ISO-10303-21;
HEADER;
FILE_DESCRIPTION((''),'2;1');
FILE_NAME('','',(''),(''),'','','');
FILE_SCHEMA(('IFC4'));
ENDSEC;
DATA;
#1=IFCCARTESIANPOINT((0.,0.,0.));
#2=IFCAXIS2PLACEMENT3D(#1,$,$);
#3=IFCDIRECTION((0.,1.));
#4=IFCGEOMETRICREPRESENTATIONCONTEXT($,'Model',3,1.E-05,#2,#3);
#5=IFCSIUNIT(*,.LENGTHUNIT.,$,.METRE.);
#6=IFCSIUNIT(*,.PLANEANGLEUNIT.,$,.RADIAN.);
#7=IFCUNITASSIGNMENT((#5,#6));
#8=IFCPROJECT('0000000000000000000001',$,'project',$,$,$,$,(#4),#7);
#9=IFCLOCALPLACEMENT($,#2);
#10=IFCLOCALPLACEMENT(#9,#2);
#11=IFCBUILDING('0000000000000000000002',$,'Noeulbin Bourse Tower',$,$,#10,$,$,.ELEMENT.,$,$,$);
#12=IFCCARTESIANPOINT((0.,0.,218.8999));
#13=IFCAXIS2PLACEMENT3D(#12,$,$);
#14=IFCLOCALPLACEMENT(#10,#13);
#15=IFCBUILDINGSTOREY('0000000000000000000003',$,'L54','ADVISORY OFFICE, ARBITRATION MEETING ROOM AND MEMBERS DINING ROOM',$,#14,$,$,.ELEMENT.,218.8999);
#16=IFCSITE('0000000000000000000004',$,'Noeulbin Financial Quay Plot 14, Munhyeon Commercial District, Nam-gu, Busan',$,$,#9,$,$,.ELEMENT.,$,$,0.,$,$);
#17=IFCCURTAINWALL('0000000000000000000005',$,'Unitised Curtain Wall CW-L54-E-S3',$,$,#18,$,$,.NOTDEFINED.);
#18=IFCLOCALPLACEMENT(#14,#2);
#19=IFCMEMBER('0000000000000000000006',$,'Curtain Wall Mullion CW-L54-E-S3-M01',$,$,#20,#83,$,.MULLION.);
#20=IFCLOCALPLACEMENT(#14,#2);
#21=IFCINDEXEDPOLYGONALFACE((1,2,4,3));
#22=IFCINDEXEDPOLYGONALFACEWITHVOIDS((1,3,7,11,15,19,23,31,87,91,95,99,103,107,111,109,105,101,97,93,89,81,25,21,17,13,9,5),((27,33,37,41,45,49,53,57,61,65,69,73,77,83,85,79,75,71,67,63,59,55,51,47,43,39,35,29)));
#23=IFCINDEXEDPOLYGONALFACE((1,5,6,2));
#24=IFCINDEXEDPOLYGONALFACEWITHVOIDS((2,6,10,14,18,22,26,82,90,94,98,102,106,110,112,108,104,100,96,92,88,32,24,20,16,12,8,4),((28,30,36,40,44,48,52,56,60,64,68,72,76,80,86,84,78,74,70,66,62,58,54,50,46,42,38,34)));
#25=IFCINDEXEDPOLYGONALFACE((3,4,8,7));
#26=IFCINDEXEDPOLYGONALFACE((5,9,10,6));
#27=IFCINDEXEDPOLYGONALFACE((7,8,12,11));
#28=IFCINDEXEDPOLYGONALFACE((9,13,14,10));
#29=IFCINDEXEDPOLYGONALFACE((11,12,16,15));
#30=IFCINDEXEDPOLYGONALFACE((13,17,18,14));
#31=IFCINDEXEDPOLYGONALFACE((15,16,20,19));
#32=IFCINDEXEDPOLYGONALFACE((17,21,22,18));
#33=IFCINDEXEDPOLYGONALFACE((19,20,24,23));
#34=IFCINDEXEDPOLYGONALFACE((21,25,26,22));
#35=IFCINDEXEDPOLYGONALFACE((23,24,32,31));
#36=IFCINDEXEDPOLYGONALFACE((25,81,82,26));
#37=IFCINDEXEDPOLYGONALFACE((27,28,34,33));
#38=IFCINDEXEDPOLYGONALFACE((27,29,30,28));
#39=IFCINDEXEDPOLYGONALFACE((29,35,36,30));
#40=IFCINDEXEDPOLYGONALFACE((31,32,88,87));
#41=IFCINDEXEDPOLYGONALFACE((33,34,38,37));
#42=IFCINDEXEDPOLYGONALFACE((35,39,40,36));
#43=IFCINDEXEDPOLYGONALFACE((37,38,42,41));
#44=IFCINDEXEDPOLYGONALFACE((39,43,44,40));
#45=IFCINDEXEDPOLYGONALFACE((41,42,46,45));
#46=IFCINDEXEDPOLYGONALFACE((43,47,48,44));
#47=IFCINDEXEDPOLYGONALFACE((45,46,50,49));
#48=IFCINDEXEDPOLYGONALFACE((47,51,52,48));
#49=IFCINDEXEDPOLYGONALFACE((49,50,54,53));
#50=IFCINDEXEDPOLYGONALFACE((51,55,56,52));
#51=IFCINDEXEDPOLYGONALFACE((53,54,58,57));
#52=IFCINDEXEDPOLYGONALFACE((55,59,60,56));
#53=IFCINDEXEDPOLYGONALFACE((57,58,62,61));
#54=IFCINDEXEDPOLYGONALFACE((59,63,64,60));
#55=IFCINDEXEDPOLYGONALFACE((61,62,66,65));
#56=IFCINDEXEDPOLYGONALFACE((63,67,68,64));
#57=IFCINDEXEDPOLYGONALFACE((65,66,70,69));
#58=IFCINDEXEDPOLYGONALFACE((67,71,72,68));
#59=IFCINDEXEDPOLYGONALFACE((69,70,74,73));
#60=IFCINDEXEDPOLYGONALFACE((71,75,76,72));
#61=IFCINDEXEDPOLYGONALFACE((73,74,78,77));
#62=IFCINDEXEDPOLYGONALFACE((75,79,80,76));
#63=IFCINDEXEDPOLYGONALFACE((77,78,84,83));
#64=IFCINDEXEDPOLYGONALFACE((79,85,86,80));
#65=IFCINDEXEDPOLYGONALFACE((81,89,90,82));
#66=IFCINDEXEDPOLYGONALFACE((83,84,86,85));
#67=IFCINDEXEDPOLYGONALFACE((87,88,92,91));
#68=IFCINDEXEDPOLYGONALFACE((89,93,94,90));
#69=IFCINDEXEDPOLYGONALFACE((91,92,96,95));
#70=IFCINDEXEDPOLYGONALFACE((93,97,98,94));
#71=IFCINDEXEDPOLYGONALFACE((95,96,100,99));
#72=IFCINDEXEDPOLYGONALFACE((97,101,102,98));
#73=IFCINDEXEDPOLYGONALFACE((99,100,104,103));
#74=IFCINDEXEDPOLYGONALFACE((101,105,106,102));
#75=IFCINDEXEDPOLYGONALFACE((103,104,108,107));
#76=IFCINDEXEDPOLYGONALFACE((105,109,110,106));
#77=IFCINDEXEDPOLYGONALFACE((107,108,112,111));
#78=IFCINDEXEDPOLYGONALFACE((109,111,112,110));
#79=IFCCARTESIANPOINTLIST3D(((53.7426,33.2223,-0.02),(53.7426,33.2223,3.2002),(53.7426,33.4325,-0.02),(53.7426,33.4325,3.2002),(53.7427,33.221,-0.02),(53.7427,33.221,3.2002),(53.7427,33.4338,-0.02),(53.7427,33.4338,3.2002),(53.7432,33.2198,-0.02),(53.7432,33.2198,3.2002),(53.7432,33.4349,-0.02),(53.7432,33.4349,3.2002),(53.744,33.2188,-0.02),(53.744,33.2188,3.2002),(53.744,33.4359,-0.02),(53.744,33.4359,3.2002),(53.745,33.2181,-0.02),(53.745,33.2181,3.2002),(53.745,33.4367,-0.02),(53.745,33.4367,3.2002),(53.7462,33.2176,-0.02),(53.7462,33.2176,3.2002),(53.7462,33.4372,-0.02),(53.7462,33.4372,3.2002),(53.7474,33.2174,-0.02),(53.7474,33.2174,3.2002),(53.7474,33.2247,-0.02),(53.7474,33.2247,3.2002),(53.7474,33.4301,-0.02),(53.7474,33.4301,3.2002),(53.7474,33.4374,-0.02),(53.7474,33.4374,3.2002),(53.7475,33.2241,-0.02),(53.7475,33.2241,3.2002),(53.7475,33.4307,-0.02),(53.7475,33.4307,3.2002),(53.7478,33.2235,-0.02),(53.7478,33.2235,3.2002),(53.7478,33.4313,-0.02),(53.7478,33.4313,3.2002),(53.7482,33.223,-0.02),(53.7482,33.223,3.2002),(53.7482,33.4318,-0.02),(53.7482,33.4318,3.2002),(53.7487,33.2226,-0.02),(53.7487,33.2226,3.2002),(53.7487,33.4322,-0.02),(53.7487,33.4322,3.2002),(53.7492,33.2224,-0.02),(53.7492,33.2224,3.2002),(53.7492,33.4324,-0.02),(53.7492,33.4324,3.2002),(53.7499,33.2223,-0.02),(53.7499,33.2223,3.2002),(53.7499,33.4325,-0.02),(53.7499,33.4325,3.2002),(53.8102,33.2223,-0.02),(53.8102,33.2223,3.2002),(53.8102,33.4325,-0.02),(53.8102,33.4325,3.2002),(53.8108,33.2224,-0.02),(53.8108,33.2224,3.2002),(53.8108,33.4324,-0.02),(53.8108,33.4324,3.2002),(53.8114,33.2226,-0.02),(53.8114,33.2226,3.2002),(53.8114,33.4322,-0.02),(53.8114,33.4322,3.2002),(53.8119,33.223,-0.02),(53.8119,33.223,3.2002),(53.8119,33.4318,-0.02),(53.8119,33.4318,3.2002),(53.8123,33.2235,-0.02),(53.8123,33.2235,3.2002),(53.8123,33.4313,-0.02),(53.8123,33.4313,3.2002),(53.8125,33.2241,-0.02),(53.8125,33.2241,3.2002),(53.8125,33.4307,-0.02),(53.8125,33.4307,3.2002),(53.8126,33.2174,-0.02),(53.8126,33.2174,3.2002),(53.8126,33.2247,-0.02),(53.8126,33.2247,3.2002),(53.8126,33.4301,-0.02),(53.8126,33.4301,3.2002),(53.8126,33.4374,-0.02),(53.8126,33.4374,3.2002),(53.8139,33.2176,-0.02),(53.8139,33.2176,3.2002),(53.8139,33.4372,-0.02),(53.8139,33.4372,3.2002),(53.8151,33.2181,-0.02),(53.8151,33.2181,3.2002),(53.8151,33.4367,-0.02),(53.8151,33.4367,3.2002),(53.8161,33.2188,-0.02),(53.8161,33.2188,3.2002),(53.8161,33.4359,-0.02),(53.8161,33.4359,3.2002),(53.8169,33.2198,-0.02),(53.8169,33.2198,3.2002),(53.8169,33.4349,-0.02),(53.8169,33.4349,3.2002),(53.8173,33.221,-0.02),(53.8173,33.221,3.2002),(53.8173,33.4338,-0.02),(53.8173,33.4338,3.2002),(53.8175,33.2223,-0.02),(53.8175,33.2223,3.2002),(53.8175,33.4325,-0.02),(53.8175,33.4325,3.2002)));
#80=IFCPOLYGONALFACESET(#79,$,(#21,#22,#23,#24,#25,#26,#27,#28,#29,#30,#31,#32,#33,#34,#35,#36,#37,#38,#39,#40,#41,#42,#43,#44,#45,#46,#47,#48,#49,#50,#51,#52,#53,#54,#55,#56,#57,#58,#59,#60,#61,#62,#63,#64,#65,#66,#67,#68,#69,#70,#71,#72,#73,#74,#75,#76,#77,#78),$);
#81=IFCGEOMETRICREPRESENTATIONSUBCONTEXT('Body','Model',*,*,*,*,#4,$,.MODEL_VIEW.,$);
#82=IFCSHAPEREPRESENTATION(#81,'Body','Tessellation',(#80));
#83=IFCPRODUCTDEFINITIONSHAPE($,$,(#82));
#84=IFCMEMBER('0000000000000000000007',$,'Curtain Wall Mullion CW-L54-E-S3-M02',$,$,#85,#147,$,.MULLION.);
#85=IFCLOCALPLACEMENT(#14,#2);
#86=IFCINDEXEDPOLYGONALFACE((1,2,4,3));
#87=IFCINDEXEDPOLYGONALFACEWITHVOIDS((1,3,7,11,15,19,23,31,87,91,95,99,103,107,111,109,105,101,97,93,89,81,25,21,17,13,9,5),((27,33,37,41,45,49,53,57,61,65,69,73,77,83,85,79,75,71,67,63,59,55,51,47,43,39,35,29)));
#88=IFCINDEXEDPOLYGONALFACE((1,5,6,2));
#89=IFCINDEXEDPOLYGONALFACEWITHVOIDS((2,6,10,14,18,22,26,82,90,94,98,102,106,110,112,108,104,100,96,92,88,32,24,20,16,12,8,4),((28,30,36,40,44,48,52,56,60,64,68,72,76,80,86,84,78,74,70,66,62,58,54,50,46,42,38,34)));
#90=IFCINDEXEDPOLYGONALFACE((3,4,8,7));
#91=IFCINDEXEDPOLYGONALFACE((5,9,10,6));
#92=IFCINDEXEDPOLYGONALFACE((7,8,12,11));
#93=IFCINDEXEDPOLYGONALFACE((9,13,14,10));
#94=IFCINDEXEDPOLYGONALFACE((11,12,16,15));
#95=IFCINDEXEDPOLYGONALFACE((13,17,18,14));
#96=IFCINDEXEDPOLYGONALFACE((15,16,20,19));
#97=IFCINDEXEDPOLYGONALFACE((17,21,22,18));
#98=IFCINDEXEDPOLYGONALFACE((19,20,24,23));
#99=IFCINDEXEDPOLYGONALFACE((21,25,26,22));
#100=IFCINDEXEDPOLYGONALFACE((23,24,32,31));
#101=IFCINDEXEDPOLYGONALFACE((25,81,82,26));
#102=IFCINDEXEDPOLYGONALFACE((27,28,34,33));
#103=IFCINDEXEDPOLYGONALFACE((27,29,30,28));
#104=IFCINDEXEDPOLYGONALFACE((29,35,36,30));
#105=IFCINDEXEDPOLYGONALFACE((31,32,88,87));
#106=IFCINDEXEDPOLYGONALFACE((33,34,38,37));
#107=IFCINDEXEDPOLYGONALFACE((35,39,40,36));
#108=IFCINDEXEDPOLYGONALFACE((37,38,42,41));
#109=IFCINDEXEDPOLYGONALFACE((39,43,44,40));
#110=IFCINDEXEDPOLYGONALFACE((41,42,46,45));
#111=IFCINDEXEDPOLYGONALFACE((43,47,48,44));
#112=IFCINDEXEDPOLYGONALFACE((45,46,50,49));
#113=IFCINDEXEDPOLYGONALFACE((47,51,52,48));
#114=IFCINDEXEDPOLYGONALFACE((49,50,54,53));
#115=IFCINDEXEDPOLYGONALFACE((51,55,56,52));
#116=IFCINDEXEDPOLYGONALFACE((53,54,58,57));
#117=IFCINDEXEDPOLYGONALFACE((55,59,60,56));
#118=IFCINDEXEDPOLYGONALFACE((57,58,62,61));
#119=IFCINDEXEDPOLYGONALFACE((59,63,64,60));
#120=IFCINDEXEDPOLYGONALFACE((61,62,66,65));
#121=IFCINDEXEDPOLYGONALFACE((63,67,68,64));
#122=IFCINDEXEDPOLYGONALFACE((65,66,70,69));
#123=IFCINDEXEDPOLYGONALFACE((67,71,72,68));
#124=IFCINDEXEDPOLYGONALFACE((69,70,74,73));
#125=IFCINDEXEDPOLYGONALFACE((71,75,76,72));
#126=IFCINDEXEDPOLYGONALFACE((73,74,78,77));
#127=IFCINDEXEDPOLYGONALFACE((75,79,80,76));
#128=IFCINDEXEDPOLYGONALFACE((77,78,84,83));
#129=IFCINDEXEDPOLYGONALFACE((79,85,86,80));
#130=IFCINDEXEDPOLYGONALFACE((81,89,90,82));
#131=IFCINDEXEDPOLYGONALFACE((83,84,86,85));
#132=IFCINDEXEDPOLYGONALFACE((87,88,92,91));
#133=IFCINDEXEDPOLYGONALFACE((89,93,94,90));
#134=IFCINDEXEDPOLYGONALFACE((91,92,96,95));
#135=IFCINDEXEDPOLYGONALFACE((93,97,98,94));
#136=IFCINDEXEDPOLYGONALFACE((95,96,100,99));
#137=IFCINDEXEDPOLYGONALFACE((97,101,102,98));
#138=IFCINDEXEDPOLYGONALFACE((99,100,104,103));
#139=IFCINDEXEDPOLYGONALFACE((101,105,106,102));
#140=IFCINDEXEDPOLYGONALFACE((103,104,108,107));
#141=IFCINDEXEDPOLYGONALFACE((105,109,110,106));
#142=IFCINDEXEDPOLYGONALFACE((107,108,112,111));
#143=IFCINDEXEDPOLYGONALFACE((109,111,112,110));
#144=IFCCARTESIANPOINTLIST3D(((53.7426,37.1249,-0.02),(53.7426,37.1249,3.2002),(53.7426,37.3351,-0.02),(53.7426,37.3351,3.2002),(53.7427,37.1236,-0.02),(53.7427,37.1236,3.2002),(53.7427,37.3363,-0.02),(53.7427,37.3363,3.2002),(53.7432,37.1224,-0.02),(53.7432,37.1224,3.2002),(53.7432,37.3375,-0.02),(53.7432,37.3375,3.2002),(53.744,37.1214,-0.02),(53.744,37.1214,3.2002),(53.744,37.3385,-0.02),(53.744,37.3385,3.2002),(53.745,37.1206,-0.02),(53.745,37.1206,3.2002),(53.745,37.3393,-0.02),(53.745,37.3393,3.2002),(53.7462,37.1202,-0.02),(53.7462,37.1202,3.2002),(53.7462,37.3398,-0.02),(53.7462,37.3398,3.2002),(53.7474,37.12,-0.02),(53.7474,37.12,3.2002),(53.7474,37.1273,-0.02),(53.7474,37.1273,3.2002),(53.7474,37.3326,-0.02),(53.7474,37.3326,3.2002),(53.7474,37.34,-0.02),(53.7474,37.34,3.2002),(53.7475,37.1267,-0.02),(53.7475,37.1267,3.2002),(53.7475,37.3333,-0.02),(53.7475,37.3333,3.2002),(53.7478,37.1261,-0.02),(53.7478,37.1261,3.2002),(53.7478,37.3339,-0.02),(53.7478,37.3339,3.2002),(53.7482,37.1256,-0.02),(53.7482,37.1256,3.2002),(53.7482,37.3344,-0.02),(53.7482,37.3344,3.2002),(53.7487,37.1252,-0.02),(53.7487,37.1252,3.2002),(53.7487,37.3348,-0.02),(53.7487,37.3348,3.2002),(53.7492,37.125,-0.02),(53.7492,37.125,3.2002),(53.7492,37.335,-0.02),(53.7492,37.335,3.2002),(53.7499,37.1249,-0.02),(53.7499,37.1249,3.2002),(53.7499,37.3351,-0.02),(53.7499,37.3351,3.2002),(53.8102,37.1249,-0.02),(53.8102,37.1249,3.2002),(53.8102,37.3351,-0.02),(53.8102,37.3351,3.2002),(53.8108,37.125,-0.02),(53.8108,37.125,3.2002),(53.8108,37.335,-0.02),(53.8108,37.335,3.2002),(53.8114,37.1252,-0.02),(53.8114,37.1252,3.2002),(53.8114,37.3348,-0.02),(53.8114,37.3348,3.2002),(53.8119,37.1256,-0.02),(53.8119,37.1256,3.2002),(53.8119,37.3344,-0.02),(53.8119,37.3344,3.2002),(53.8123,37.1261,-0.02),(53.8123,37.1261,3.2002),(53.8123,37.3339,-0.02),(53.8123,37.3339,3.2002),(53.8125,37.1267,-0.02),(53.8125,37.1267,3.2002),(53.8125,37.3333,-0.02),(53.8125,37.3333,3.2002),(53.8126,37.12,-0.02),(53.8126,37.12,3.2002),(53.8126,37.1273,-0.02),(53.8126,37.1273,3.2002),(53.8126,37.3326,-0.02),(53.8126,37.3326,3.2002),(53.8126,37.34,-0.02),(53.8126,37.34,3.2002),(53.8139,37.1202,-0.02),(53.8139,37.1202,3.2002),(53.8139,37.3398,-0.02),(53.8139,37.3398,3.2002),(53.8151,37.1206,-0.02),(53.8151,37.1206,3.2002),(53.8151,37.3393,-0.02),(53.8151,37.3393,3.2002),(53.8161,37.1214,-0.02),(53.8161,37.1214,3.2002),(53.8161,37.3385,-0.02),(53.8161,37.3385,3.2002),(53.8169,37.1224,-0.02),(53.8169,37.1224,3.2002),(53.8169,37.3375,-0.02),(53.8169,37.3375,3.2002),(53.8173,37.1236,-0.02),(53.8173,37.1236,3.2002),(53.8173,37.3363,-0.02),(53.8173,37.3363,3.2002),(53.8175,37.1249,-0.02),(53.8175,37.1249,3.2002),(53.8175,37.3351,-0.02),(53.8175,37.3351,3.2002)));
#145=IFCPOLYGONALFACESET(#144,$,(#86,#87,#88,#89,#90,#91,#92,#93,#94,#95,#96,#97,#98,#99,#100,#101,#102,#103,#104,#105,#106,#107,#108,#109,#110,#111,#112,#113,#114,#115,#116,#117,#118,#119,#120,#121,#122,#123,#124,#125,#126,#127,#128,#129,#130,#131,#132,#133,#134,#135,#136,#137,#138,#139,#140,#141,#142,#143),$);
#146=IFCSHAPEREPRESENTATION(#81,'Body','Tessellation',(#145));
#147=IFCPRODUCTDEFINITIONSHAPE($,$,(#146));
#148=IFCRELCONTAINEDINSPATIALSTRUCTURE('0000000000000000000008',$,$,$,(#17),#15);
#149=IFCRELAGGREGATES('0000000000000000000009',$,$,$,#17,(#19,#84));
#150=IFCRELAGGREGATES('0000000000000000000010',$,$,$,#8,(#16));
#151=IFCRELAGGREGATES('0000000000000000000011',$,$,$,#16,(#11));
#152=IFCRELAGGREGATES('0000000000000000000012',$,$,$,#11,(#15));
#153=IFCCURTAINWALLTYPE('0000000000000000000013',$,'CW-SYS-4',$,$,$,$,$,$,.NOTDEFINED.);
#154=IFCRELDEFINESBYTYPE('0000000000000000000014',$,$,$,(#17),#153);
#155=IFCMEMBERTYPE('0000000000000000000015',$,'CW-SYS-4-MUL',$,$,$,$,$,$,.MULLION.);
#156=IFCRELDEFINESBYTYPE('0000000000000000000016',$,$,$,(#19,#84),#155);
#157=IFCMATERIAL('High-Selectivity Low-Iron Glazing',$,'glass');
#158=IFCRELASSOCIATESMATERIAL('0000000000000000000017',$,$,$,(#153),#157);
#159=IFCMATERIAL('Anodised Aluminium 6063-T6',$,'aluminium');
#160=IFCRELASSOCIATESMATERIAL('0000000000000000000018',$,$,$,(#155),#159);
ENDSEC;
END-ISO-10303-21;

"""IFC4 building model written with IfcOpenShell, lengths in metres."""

from ifc_helpers import new_model, si_unit, direction, frame, origin, origin_2d, place, context, subcontext, project, spatial, hollow_rectangle, extrude, material, material_profile, profile_set, type_object, element, aggregate, save


model = new_model("IFC4")

# Units and contexts
model_context = context("Model", 3, precision=1e-05, world=origin(), true_north=direction((0.0, 1.0)))
body_context = subcontext(model_context, "Body", "Model", "MODEL_VIEW")
ifc_project = project(units=[si_unit("LENGTHUNIT", "METRE"), si_unit("PLANEANGLEUNIT", "RADIAN")], contexts=[model_context])

# Site, building, storey
site_placement = place(None, origin())
site = spatial("IfcSite", under=ifc_project, at=site_placement, Name="Noeulbin Financial Quay Plot 14, Munhyeon Commercial District, Nam-gu, Busan", CompositionType="ELEMENT", RefElevation=0.0)
building_placement = place(site_placement, origin())
building = spatial("IfcBuilding", under=site, at=building_placement, Name="Noeulbin Bourse Tower", CompositionType="ELEMENT")
storey_placement = place(building_placement, frame((0.0, 0.0, 218.8999)))
storey = spatial("IfcBuildingStorey", under=building, at=storey_placement, Name="L54", Description="ADVISORY OFFICE, ARBITRATION MEETING ROOM AND MEMBERS DINING ROOM", CompositionType="ELEMENT", Elevation=218.8999)

# Curtain wall, members
ifc_material_1 = material(Name="High-Selectivity Low-Iron Glazing", Category="glass")
curtain_wall_type = type_object("IfcCurtainWallType", Name="CW-SYS-4", PredefinedType="NOTDEFINED", material=ifc_material_1)
ifc_material_2 = material(Name="Anodised Aluminium 6063-T6", Category="aluminium")
ifc_material_profile_1 = material_profile(ifc_material_2, hollow_rectangle(XDim=0.075, YDim=0.22, WallThickness=0.0049, InnerFilletRadius=0.0024, OuterFilletRadius=0.0049, at=origin_2d()), Name="ALU-MULL-75x220x5", Category="LoadBearing")
ifc_profile_set_1 = profile_set([ifc_material_profile_1], Name="Anodised Aluminium 6063-T6")
member_type_1 = type_object("IfcMemberType", Name="CW-SYS-4-MUL", PredefinedType="MULLION", material=ifc_profile_set_1)
curtain_wall_1_placement = place(storey_placement, origin())
curtain_wall_1 = element("IfcCurtainWall", 1, at=curtain_wall_1_placement, inside=storey, type_object=curtain_wall_type, Name="Unitised Curtain Wall CW-L54-E-S3", PredefinedType="NOTDEFINED")
member_1_placement = place(storey_placement, frame((53.78, 33.3274, -0.02), z_axis=(0.0, 0.0, 1.0), x_axis=(1.0, 0.0, 0.0)))
member_1 = element("IfcMember", 2, at=member_1_placement, type_object=member_type_1, Name="Curtain Wall Mullion CW-L54-E-S3-M01", PredefinedType="MULLION", context=body_context, shape_type="SweptSolid", body=[
    extrude(hollow_rectangle(XDim=0.075, YDim=0.22, WallThickness=0.0049, InnerFilletRadius=0.0024, OuterFilletRadius=0.0049, at=origin_2d()), origin(), (0.0, 0.0, 1.0), 3.2202),
])
member_2_placement = place(storey_placement, frame((53.78, 37.23, -0.02), z_axis=(0.0, 0.0, 1.0), x_axis=(1.0, 0.0, 0.0)))
member_2 = element("IfcMember", 3, at=member_2_placement, type_object=member_type_1, Name="Curtain Wall Mullion CW-L54-E-S3-M02", PredefinedType="MULLION", context=body_context, shape_type="SweptSolid", body=[
    extrude(hollow_rectangle(XDim=0.075, YDim=0.22, WallThickness=0.0049, InnerFilletRadius=0.0024, OuterFilletRadius=0.0049, at=origin_2d()), origin(), (0.0, 0.0, 1.0), 3.2202),
])

aggregate(curtain_wall_1, [member_1, member_2])

save(model, "model.ifc")
